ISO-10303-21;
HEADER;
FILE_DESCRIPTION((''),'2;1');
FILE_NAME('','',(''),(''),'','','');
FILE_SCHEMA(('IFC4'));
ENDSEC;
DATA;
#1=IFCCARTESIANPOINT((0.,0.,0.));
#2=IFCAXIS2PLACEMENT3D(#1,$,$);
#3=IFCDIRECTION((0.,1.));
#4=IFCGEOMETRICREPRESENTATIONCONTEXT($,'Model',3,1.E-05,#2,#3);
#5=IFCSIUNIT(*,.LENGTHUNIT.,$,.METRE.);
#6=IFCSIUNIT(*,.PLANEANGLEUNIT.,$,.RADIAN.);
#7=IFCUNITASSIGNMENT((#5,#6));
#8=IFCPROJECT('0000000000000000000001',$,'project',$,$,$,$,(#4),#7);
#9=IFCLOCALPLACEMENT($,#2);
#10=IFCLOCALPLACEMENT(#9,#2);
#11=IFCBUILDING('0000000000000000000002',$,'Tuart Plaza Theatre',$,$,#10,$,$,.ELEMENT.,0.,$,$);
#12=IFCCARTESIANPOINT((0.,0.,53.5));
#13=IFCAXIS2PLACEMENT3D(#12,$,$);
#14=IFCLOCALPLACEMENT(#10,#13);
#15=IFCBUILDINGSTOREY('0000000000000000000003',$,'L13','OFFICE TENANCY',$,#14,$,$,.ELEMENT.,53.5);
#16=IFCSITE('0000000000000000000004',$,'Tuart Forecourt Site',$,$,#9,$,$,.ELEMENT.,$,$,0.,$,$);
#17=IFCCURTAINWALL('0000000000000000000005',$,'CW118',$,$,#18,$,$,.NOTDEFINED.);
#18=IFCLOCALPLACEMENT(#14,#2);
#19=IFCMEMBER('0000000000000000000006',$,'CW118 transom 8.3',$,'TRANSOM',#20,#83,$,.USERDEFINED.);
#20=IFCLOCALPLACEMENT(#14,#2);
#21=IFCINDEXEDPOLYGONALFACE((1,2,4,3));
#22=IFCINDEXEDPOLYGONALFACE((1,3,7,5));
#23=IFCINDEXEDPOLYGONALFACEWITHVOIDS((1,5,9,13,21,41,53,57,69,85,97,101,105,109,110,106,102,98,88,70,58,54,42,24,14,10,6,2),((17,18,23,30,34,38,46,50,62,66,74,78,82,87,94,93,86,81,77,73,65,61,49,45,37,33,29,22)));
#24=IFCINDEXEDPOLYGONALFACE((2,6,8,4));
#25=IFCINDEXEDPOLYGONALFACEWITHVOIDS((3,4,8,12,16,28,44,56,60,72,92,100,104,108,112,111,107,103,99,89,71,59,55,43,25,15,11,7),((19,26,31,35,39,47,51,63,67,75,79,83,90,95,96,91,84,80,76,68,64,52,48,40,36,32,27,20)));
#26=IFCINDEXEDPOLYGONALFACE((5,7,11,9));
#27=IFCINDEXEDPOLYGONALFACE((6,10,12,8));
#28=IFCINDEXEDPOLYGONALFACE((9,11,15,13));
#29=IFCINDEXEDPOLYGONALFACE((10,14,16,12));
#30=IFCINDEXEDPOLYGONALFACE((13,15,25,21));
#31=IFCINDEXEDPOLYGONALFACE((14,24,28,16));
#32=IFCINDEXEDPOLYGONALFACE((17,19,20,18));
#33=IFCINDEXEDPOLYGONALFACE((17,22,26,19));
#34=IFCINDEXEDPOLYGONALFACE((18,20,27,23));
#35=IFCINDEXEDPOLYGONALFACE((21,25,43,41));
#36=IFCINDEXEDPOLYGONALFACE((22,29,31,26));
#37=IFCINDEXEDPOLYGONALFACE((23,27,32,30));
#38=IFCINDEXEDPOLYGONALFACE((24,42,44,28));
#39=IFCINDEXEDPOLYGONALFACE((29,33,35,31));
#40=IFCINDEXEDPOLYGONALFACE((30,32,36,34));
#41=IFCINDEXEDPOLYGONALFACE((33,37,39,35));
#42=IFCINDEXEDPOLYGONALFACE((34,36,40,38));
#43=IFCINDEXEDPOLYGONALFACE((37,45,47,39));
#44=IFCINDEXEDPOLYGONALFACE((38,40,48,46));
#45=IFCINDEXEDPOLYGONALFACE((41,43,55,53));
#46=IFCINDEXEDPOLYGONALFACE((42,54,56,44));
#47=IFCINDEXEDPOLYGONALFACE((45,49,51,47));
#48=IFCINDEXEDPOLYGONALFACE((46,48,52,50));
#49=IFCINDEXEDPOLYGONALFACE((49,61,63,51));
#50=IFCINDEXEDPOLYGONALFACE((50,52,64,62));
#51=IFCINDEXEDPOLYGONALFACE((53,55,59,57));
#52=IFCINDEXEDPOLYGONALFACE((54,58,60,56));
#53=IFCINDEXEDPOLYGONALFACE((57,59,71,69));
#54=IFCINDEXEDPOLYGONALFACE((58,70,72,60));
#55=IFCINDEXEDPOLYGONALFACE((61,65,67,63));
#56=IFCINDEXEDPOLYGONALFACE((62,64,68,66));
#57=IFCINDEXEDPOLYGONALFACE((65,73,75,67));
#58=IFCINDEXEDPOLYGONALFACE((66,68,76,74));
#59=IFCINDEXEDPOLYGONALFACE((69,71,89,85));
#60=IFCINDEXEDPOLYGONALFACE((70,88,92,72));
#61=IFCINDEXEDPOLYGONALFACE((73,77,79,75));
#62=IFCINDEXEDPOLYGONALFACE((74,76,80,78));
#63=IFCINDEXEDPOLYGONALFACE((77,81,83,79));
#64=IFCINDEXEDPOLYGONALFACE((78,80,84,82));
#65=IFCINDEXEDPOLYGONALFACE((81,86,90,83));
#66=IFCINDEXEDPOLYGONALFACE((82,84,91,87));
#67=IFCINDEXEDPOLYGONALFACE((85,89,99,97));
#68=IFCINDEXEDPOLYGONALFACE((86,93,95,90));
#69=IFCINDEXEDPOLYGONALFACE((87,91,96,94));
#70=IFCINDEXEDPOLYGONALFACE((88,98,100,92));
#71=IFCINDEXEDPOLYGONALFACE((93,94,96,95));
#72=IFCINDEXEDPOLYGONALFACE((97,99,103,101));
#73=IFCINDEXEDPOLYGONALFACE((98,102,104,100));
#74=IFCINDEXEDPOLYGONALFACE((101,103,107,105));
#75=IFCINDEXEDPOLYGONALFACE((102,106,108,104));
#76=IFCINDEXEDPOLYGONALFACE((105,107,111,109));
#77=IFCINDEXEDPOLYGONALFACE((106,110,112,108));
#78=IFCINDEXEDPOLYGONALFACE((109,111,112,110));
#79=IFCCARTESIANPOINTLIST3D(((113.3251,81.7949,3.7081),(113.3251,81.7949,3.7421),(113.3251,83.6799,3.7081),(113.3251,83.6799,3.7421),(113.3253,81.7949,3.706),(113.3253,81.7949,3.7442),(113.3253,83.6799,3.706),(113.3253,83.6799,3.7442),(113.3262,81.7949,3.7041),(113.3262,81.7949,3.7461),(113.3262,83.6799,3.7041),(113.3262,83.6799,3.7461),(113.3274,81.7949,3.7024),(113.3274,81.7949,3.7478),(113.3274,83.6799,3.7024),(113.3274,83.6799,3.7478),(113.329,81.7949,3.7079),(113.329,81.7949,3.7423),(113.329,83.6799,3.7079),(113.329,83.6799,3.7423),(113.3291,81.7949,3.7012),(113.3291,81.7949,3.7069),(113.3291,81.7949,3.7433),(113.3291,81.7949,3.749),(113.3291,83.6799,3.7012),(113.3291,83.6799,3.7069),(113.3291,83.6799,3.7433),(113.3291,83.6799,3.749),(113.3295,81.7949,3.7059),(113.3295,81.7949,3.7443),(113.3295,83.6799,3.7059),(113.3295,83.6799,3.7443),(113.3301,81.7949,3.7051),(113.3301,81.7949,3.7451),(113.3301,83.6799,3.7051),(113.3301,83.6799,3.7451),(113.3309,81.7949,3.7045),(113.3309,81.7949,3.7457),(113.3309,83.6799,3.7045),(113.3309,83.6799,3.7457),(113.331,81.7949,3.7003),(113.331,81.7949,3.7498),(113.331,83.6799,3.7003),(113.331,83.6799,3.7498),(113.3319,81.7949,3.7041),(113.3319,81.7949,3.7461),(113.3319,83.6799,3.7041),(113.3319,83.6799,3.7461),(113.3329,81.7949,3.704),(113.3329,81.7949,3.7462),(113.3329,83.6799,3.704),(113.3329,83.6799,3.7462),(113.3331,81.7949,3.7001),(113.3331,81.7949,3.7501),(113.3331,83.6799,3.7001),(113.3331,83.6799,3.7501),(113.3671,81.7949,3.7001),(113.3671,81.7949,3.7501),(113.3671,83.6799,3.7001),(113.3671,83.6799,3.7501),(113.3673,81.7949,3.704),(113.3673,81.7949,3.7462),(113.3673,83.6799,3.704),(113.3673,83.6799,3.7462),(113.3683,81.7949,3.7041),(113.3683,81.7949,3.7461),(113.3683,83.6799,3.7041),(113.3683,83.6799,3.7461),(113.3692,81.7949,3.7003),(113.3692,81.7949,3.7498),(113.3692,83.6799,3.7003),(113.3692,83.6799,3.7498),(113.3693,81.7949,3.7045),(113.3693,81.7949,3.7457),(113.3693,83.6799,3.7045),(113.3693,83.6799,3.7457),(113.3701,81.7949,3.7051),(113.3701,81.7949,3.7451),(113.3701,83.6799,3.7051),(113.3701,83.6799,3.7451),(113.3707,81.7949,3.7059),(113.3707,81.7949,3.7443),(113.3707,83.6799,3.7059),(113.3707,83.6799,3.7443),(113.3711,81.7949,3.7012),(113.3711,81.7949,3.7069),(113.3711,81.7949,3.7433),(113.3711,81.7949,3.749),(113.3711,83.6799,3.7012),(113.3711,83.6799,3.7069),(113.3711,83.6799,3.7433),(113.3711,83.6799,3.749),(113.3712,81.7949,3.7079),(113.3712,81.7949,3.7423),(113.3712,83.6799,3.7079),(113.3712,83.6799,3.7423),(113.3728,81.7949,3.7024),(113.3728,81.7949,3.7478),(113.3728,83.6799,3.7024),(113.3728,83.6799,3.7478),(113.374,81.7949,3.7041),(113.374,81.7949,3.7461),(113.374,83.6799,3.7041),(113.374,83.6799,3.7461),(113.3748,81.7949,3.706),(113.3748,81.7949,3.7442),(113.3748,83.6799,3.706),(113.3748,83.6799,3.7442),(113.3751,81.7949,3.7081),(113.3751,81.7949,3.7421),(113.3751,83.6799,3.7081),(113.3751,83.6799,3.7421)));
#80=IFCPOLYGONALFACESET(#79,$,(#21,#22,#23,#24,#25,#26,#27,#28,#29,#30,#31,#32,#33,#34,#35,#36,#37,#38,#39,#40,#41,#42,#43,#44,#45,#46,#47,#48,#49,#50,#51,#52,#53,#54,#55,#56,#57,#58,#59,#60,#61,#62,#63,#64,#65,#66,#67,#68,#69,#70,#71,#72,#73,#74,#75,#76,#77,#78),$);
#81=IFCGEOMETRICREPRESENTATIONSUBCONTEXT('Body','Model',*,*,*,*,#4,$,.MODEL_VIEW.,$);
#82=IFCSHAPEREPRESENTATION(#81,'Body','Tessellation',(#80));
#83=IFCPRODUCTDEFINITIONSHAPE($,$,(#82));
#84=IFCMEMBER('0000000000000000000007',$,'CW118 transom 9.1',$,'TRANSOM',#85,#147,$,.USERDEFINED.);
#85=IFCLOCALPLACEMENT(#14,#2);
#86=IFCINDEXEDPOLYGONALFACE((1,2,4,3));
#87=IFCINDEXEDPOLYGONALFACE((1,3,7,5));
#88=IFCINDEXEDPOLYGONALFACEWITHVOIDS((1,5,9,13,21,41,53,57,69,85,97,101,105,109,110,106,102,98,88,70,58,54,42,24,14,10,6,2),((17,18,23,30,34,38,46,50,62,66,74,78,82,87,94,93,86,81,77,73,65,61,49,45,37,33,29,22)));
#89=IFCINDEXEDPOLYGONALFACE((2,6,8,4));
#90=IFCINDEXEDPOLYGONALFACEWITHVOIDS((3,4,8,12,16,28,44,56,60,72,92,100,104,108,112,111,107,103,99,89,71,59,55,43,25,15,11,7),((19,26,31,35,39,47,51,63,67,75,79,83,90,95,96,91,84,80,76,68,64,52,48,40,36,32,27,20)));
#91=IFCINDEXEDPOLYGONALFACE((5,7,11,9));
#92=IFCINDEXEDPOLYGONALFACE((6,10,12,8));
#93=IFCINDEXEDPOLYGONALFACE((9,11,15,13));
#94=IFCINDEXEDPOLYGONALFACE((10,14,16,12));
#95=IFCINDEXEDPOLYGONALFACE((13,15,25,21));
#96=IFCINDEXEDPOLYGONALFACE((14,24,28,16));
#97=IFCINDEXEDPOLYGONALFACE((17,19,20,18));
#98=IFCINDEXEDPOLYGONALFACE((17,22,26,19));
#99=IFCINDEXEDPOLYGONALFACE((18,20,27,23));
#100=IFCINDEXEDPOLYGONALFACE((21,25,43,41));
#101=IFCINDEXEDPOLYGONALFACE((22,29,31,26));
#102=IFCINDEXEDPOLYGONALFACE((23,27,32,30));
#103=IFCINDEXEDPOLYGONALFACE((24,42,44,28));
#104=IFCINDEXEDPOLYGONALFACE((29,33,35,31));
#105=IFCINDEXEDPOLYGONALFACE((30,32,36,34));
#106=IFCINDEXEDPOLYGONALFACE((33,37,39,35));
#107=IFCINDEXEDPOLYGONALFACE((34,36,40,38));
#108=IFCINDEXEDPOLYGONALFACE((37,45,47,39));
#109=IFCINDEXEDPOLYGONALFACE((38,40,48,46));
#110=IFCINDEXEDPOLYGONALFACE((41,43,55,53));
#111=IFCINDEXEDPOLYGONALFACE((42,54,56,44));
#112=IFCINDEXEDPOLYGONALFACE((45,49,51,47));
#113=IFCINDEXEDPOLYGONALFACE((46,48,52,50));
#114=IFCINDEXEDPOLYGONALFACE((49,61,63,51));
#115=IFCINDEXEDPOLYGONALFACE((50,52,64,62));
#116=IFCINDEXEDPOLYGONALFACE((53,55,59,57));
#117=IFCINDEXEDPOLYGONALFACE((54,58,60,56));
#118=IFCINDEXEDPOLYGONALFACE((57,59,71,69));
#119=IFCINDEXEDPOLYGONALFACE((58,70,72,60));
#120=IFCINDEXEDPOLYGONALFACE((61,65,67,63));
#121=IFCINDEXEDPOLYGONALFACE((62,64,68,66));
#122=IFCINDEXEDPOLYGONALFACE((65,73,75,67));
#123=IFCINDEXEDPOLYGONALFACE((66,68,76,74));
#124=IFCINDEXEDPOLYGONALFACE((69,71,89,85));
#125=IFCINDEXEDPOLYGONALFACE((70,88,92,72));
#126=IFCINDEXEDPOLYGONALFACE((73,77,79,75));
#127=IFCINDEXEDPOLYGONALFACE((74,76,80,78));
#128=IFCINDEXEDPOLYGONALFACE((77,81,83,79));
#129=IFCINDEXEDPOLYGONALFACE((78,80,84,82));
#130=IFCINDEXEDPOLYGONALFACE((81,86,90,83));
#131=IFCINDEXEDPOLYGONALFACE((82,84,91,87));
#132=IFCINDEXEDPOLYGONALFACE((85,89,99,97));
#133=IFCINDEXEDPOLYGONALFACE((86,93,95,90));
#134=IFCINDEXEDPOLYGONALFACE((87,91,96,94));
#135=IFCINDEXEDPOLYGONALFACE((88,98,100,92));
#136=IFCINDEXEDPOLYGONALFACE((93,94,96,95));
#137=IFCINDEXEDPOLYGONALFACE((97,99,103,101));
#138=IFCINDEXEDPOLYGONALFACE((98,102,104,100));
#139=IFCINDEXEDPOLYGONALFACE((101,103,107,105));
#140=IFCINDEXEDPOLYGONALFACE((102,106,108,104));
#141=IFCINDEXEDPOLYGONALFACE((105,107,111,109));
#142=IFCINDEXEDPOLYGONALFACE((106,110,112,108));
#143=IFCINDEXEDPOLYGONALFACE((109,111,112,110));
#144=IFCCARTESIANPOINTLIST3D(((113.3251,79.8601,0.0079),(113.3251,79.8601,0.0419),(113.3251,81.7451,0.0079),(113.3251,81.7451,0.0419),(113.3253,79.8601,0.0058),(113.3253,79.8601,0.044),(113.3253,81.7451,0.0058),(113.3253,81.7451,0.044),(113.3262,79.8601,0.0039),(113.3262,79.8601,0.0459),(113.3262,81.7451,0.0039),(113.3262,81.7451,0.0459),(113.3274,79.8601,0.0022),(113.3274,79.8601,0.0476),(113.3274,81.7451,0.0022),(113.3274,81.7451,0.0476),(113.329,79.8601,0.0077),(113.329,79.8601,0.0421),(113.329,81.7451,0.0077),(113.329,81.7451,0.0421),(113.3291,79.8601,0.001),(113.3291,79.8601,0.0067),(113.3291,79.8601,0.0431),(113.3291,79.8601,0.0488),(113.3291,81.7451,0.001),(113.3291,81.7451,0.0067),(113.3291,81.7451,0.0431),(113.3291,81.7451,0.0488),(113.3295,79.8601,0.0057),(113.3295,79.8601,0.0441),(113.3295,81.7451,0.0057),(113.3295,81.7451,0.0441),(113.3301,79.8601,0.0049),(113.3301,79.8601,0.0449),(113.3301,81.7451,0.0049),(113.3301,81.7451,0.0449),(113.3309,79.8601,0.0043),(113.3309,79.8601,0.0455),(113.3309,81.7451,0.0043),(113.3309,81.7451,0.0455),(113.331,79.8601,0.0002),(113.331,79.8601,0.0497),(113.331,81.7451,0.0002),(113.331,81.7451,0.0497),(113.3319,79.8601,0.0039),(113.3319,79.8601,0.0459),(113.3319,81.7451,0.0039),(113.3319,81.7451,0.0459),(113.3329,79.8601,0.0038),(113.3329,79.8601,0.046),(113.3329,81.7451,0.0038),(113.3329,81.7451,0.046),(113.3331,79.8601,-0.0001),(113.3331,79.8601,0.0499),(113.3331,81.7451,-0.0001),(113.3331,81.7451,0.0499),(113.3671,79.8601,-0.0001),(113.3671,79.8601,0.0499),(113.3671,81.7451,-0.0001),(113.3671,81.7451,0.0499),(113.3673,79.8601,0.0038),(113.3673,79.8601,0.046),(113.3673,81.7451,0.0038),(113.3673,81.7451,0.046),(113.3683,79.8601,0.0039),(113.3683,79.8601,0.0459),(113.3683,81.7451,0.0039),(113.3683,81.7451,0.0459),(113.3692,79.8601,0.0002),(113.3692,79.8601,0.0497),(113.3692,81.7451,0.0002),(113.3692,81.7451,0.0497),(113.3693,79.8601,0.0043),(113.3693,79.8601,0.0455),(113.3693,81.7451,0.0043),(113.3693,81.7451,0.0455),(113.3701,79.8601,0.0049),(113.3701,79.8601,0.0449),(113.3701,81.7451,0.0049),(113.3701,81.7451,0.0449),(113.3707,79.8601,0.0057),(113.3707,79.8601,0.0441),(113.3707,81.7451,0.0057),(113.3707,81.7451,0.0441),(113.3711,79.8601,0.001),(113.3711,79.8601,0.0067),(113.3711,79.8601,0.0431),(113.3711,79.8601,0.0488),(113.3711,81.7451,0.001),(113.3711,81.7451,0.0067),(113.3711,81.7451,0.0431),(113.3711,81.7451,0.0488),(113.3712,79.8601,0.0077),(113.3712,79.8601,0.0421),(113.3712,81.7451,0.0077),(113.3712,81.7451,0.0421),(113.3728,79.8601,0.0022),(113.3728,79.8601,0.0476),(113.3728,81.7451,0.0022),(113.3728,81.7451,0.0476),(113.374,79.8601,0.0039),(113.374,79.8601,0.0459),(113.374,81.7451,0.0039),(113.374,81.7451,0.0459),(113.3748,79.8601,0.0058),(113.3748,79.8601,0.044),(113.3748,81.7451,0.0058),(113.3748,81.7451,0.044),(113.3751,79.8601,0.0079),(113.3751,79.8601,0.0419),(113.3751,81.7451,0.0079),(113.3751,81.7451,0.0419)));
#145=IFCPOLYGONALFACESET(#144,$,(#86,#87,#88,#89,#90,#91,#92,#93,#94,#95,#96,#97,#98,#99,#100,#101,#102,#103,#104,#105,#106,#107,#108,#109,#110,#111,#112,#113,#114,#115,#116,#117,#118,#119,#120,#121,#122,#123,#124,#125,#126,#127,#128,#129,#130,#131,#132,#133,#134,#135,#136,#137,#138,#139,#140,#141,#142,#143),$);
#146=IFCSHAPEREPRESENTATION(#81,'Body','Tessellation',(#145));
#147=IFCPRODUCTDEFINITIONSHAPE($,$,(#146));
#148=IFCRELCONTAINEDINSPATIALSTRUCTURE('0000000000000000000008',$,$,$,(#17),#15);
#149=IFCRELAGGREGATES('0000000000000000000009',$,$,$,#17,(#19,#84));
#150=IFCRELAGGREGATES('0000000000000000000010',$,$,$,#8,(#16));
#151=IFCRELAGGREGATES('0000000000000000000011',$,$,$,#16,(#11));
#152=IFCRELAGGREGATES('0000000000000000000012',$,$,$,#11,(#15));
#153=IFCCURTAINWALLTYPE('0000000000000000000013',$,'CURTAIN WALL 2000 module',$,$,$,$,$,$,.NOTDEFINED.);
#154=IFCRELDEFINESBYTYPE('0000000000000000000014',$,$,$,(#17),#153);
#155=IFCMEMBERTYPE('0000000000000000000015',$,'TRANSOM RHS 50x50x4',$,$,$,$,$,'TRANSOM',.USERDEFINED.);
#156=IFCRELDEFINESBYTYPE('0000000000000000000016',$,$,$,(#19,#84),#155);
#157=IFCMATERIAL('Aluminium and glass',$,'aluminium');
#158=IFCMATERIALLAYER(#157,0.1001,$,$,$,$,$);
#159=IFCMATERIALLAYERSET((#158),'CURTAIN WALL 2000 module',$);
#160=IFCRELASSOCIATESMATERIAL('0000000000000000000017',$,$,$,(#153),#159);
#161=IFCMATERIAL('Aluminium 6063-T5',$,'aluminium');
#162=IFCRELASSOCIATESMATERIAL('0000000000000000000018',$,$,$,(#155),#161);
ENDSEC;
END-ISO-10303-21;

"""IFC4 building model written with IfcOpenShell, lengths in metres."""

from ifc_helpers import new_model, si_unit, direction, frame, origin, origin_2d, place, context, subcontext, project, spatial, hollow_rectangle, extrude, material, layer, layer_set, material_profile, profile_set, type_object, element, aggregate, save


model = new_model("IFC4")

# Units and contexts
model_context = context("Model", 3, precision=1e-05, world=origin(), true_north=direction((0.0, 1.0)))
body_context = subcontext(model_context, "Body", "Model", "MODEL_VIEW")
ifc_project = project(units=[si_unit("LENGTHUNIT", "METRE"), si_unit("PLANEANGLEUNIT", "RADIAN")], contexts=[model_context])

# Site, building, storey
site_placement = place(None, origin())
site = spatial("IfcSite", under=ifc_project, at=site_placement, Name="Tuart Forecourt Site", CompositionType="ELEMENT", RefElevation=0.0)
building_placement = place(site_placement, origin())
building = spatial("IfcBuilding", under=site, at=building_placement, Name="Tuart Plaza Theatre", CompositionType="ELEMENT", ElevationOfRefHeight=0.0)
storey_placement = place(building_placement, frame((0.0, 0.0, 53.5)))
storey = spatial("IfcBuildingStorey", under=building, at=storey_placement, Name="L13", Description="OFFICE TENANCY", CompositionType="ELEMENT", Elevation=53.5)

# Curtain wall, members
ifc_material_1 = material(Name="Aluminium and glass", Category="aluminium")
ifc_layer_1 = layer(ifc_material_1, 0.1001)
ifc_layer_set_1 = layer_set([ifc_layer_1], Name="CURTAIN WALL 2000 module")
curtain_wall_type = type_object("IfcCurtainWallType", Name="CURTAIN WALL 2000 module", PredefinedType="NOTDEFINED", material=ifc_layer_set_1)
curtain_wall_1_placement = place(storey_placement, origin())
curtain_wall_1 = element("IfcCurtainWall", 1, at=curtain_wall_1_placement, inside=storey, type_object=curtain_wall_type, Name="CW118", PredefinedType="NOTDEFINED")
ifc_material_2 = material(Name="Aluminium 6063-T5", Category="aluminium")
ifc_material_profile_1 = material_profile(ifc_material_2, hollow_rectangle(XDim=0.05, YDim=0.05, WallThickness=0.0039, InnerFilletRadius=0.0039, OuterFilletRadius=0.0081, at=origin_2d()), Name="RHS 50x50x4")
ifc_profile_set_1 = profile_set([ifc_material_profile_1], Name="Aluminium 6063-T5")
member_type_1 = type_object("IfcMemberType", Name="TRANSOM RHS 50x50x4", ElementType="TRANSOM", PredefinedType="USERDEFINED", material=ifc_profile_set_1)
member_1_placement = place(storey_placement, frame((113.3501, 83.6799, 3.7251), z_axis=(0.0, -1.0, 0.0), x_axis=(1.0, 0.0, 0.0)))
member_1 = element("IfcMember", 2, at=member_1_placement, type_object=member_type_1, Name="CW118 transom 8.3", ObjectType="TRANSOM", PredefinedType="USERDEFINED", context=body_context, shape_type="SweptSolid", body=[
    extrude(hollow_rectangle(XDim=0.05, YDim=0.05, WallThickness=0.0039, InnerFilletRadius=0.0039, OuterFilletRadius=0.0081, at=origin_2d()), origin(), (0.0, 0.0, 1.0), 1.885),
])
member_2_placement = place(storey_placement, frame((113.3501, 81.7451, 0.0249), z_axis=(0.0, -1.0, 0.0), x_axis=(1.0, 0.0, 0.0)))
member_2 = element("IfcMember", 3, at=member_2_placement, type_object=member_type_1, Name="CW118 transom 9.1", ObjectType="TRANSOM", PredefinedType="USERDEFINED", context=body_context, shape_type="SweptSolid", body=[
    extrude(hollow_rectangle(XDim=0.05, YDim=0.05, WallThickness=0.0039, InnerFilletRadius=0.0039, OuterFilletRadius=0.0081, at=origin_2d()), origin(), (0.0, 0.0, 1.0), 1.885),
])

aggregate(curtain_wall_1, [member_1, member_2])

save(model, "model.ifc")
